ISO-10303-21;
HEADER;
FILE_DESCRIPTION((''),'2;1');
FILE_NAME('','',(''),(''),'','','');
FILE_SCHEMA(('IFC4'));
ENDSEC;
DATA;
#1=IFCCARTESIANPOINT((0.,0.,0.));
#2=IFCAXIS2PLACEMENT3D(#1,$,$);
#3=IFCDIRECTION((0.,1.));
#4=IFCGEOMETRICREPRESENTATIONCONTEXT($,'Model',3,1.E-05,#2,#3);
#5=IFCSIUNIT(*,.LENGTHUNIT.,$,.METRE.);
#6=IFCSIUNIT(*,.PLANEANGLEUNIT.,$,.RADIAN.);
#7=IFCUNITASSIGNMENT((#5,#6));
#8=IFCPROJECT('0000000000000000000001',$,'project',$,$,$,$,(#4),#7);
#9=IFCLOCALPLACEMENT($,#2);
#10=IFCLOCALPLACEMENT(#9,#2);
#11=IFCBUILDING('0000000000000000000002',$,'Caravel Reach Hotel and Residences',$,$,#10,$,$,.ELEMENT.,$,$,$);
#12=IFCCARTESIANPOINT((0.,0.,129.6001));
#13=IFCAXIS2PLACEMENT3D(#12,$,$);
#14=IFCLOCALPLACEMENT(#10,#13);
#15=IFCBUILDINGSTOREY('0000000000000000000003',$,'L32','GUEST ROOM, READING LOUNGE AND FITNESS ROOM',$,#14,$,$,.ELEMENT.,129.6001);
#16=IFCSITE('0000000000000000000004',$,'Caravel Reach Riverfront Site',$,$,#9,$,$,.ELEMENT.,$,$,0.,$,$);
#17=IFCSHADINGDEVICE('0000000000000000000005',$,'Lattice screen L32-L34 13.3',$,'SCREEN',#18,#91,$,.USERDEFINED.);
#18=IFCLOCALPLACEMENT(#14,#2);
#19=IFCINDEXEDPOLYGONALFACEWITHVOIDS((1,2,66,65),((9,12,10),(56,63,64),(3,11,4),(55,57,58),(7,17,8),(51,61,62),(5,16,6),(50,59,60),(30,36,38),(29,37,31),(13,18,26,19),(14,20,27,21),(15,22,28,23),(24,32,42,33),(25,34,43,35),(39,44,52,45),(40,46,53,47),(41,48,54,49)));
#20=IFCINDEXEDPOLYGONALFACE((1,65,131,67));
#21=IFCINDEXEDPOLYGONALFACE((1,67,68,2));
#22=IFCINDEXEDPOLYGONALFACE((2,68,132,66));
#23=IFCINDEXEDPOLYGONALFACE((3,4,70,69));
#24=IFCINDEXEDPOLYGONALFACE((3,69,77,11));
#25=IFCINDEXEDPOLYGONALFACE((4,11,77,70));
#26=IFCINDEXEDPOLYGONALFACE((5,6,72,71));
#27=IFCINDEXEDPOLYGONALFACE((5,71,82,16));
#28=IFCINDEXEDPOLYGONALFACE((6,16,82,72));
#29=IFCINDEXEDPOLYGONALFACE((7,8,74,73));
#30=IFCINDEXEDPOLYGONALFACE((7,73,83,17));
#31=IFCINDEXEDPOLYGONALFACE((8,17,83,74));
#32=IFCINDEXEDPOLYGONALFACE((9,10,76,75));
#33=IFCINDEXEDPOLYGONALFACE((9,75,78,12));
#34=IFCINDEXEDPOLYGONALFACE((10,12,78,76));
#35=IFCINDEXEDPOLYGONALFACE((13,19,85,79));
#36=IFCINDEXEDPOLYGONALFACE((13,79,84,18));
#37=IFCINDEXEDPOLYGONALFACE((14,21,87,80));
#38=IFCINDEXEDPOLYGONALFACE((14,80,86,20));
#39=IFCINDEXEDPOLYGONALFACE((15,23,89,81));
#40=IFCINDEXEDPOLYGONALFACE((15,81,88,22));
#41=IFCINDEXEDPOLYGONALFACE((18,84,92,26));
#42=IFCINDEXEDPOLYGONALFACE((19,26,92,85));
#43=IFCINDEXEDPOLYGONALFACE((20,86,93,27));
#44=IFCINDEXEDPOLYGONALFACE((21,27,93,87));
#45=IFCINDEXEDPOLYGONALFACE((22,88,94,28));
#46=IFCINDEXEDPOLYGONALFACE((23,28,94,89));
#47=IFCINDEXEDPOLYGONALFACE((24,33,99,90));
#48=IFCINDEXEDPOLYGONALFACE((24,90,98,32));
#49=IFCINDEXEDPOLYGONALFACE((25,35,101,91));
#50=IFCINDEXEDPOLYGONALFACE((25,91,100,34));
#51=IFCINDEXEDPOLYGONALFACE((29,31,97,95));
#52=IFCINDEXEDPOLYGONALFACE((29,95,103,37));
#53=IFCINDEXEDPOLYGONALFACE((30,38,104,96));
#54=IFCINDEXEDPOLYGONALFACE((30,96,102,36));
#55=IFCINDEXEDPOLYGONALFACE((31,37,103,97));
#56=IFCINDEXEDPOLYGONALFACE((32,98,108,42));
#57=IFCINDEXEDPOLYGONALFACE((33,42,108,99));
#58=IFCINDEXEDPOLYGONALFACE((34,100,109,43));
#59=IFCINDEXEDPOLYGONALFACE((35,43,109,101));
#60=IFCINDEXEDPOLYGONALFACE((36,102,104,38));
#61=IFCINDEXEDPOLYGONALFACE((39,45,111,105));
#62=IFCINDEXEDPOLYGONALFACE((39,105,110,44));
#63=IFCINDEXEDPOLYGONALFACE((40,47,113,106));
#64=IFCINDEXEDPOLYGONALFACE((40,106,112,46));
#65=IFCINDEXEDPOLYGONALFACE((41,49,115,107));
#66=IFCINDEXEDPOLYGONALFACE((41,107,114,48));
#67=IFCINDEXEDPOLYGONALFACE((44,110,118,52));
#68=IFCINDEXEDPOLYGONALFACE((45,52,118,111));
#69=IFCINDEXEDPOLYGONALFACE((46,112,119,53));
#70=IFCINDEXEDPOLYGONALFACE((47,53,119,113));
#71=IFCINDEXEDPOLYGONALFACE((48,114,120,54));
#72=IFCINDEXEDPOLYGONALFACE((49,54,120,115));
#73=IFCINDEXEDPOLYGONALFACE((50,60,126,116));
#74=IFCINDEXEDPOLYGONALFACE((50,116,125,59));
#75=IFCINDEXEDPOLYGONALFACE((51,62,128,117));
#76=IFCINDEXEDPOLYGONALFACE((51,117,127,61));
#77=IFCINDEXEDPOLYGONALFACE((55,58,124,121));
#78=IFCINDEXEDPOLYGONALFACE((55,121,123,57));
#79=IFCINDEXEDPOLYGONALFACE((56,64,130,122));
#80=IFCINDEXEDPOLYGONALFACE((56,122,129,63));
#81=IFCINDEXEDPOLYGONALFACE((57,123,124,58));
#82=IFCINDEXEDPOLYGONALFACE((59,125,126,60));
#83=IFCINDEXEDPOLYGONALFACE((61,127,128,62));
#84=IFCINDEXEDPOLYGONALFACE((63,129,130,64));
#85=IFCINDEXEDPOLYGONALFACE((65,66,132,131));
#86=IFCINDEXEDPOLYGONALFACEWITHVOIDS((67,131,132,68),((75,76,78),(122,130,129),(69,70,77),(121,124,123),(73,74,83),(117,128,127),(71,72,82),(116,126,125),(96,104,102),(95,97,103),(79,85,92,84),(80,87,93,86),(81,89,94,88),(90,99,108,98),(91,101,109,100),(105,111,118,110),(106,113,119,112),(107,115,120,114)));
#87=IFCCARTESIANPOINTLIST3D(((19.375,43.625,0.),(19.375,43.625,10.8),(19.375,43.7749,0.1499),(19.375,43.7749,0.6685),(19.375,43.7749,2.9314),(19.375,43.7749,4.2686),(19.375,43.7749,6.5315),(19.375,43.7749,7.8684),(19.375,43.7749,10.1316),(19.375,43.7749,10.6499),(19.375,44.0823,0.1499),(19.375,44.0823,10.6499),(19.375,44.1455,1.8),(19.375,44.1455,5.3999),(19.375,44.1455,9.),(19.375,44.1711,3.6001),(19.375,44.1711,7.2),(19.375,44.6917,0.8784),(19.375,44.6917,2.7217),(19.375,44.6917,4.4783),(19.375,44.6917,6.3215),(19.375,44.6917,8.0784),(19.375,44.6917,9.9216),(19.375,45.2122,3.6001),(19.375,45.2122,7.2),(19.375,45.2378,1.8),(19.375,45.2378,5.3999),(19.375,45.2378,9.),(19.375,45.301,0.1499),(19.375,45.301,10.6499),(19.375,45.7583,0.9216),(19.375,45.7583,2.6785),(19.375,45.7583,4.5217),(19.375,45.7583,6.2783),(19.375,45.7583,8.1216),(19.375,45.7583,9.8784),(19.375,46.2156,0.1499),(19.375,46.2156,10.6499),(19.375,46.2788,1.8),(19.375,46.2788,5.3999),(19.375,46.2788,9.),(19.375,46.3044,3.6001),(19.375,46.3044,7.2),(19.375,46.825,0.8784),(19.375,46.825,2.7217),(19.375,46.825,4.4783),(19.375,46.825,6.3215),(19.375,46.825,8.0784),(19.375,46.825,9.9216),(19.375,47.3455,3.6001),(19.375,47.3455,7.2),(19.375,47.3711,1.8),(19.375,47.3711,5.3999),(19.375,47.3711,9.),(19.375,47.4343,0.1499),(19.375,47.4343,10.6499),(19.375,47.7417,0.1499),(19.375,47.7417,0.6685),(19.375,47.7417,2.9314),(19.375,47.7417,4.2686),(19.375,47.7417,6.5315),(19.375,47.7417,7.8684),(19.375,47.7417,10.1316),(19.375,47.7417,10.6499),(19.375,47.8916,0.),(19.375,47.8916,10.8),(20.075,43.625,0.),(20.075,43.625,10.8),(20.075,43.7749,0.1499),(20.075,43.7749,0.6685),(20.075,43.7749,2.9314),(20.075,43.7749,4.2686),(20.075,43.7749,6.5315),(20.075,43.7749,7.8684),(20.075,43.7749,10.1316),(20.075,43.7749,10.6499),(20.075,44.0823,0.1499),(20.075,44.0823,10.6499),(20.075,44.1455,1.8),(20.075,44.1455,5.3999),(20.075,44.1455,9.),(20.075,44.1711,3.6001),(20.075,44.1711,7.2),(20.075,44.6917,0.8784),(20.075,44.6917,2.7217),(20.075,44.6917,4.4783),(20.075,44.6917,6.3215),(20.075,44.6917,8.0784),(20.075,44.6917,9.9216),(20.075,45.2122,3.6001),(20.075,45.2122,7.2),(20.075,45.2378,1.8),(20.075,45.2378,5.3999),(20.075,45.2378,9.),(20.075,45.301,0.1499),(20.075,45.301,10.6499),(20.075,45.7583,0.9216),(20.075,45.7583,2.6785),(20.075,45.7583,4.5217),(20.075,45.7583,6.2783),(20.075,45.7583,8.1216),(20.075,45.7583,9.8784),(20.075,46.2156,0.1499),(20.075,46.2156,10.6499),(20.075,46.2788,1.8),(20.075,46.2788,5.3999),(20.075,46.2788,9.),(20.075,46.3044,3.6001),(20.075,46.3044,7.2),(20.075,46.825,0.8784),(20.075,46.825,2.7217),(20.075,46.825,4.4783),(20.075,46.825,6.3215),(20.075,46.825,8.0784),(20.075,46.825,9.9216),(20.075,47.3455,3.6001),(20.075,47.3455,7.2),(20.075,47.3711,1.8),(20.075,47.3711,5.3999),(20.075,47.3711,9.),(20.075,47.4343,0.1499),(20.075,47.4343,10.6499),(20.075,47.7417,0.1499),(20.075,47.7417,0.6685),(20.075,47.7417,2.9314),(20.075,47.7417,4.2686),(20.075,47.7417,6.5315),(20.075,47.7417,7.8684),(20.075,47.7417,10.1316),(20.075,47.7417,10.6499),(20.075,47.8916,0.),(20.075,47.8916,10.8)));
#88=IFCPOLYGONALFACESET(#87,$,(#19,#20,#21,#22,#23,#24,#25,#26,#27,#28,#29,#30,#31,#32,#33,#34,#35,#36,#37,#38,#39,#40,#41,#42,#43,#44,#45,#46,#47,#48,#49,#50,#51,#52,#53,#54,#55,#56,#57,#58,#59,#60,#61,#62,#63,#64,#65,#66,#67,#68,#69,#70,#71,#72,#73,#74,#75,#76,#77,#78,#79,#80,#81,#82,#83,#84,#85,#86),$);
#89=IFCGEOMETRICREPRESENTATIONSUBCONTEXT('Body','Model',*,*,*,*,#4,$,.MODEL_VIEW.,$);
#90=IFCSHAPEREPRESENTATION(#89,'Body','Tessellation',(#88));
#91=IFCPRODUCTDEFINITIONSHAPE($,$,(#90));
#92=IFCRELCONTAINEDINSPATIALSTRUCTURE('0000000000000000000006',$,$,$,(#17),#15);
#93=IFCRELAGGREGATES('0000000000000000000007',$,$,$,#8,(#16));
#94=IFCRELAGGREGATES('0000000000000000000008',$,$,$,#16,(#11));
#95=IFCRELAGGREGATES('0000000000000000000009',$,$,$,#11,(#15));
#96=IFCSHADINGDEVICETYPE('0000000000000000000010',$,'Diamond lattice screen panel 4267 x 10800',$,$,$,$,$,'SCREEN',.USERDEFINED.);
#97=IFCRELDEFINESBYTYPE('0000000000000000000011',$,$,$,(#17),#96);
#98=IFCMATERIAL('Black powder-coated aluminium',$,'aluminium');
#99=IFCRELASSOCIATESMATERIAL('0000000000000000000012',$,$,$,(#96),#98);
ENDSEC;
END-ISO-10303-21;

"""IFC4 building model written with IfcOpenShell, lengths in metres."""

from ifc_helpers import new_model, si_unit, direction, frame, origin, place, context, subcontext, project, spatial, polyline, outline, extrude, material, type_object, element, save


model = new_model("IFC4")

# Units and contexts
model_context = context("Model", 3, precision=1e-05, world=origin(), true_north=direction((0.0, 1.0)))
body_context = subcontext(model_context, "Body", "Model", "MODEL_VIEW")
ifc_project = project(units=[si_unit("LENGTHUNIT", "METRE"), si_unit("PLANEANGLEUNIT", "RADIAN")], contexts=[model_context])

# Site, building, storey
site_placement = place(None, origin())
site = spatial("IfcSite", under=ifc_project, at=site_placement, Name="Caravel Reach Riverfront Site", CompositionType="ELEMENT", RefElevation=0.0)
building_placement = place(site_placement, origin())
building = spatial("IfcBuilding", under=site, at=building_placement, Name="Caravel Reach Hotel and Residences", CompositionType="ELEMENT")
storey_placement = place(building_placement, frame((0.0, 0.0, 129.6001)))
storey = spatial("IfcBuildingStorey", under=building, at=storey_placement, Name="L32", Description="GUEST ROOM, READING LOUNGE AND FITNESS ROOM", CompositionType="ELEMENT", Elevation=129.6001)

# Shading device
ifc_material_1 = material(Name="Black powder-coated aluminium", Category="aluminium")
shading_device_type_1 = type_object("IfcShadingDeviceType", Name="Diamond lattice screen panel 4267 x 10800", ElementType="SCREEN", PredefinedType="USERDEFINED", material=ifc_material_1)
shading_device_1_placement = place(storey_placement, frame((20.075, 47.8916, 0.0), z_axis=(-1.0, 0.0, 0.0), x_axis=(0.0, -1.0, 0.0)))
element("IfcShadingDevice", 1, at=shading_device_1_placement, inside=storey, type_object=shading_device_type_1, Name="Lattice screen L32-L34 13.3", ObjectType="SCREEN", PredefinedType="USERDEFINED", context=body_context, shape_type="SweptSolid", body=[
    extrude(outline(polyline([(0.0, 0.0), (4.2666, 0.0), (4.2666, 10.8), (0.0, 10.8), (0.0, 0.0)]), holes=[polyline([(0.4573, 0.1499), (0.1499, 0.6685), (0.1499, 0.1499), (0.4573, 0.1499)]), polyline([(0.5461, 3.6001), (0.1499, 4.2686), (0.1499, 2.9314), (0.5461, 3.6001)]), polyline([(0.5461, 7.2), (0.1499, 7.8684), (0.1499, 6.5315), (0.5461, 7.2)]), polyline([(0.1499, 10.1316), (0.4573, 10.6499), (0.1499, 10.6499), (0.1499, 10.1316)]), polyline([(1.0667, 2.7217), (0.5205, 1.8), (1.0667, 0.8784), (1.6128, 1.8), (1.0667, 2.7217)]), polyline([(1.0667, 6.3215), (0.5205, 5.3999), (1.0667, 4.4783), (1.6128, 5.3999), (1.0667, 6.3215)]), polyline([(1.0667, 9.9216), (0.5205, 9.0), (1.0667, 8.0784), (1.6128, 9.0), (1.0667, 9.9216)]), polyline([(2.1333, 0.9216), (1.676, 0.1499), (2.5906, 0.1499), (2.1333, 0.9216)]), polyline([(2.1333, 4.5217), (1.5872, 3.6001), (2.1333, 2.6785), (2.6794, 3.6001), (2.1333, 4.5217)]), polyline([(2.1333, 8.1216), (1.5872, 7.2), (2.1333, 6.2783), (2.6794, 7.2), (2.1333, 8.1216)]), polyline([(2.1333, 9.8784), (2.5906, 10.6499), (1.676, 10.6499), (2.1333, 9.8784)]), polyline([(3.2, 2.7217), (2.6538, 1.8), (3.2, 0.8784), (3.7461, 1.8), (3.2, 2.7217)]), polyline([(3.2, 6.3215), (2.6538, 5.3999), (3.2, 4.4783), (3.7461, 5.3999), (3.2, 6.3215)]), polyline([(3.2, 9.9216), (2.6538, 9.0), (3.2, 8.0784), (3.7461, 9.0), (3.2, 9.9216)]), polyline([(4.1167, 0.6685), (3.8093, 0.1499), (4.1167, 0.1499), (4.1167, 0.6685)]), polyline([(3.7205, 3.6001), (4.1167, 2.9314), (4.1167, 4.2686), (3.7205, 3.6001)]), polyline([(3.7205, 7.2), (4.1167, 6.5315), (4.1167, 7.8684), (3.7205, 7.2)]), polyline([(3.8093, 10.6499), (4.1167, 10.1316), (4.1167, 10.6499), (3.8093, 10.6499)])]), origin(), (0.0, 0.0, 1.0), 0.7),
])

save(model, "model.ifc")
